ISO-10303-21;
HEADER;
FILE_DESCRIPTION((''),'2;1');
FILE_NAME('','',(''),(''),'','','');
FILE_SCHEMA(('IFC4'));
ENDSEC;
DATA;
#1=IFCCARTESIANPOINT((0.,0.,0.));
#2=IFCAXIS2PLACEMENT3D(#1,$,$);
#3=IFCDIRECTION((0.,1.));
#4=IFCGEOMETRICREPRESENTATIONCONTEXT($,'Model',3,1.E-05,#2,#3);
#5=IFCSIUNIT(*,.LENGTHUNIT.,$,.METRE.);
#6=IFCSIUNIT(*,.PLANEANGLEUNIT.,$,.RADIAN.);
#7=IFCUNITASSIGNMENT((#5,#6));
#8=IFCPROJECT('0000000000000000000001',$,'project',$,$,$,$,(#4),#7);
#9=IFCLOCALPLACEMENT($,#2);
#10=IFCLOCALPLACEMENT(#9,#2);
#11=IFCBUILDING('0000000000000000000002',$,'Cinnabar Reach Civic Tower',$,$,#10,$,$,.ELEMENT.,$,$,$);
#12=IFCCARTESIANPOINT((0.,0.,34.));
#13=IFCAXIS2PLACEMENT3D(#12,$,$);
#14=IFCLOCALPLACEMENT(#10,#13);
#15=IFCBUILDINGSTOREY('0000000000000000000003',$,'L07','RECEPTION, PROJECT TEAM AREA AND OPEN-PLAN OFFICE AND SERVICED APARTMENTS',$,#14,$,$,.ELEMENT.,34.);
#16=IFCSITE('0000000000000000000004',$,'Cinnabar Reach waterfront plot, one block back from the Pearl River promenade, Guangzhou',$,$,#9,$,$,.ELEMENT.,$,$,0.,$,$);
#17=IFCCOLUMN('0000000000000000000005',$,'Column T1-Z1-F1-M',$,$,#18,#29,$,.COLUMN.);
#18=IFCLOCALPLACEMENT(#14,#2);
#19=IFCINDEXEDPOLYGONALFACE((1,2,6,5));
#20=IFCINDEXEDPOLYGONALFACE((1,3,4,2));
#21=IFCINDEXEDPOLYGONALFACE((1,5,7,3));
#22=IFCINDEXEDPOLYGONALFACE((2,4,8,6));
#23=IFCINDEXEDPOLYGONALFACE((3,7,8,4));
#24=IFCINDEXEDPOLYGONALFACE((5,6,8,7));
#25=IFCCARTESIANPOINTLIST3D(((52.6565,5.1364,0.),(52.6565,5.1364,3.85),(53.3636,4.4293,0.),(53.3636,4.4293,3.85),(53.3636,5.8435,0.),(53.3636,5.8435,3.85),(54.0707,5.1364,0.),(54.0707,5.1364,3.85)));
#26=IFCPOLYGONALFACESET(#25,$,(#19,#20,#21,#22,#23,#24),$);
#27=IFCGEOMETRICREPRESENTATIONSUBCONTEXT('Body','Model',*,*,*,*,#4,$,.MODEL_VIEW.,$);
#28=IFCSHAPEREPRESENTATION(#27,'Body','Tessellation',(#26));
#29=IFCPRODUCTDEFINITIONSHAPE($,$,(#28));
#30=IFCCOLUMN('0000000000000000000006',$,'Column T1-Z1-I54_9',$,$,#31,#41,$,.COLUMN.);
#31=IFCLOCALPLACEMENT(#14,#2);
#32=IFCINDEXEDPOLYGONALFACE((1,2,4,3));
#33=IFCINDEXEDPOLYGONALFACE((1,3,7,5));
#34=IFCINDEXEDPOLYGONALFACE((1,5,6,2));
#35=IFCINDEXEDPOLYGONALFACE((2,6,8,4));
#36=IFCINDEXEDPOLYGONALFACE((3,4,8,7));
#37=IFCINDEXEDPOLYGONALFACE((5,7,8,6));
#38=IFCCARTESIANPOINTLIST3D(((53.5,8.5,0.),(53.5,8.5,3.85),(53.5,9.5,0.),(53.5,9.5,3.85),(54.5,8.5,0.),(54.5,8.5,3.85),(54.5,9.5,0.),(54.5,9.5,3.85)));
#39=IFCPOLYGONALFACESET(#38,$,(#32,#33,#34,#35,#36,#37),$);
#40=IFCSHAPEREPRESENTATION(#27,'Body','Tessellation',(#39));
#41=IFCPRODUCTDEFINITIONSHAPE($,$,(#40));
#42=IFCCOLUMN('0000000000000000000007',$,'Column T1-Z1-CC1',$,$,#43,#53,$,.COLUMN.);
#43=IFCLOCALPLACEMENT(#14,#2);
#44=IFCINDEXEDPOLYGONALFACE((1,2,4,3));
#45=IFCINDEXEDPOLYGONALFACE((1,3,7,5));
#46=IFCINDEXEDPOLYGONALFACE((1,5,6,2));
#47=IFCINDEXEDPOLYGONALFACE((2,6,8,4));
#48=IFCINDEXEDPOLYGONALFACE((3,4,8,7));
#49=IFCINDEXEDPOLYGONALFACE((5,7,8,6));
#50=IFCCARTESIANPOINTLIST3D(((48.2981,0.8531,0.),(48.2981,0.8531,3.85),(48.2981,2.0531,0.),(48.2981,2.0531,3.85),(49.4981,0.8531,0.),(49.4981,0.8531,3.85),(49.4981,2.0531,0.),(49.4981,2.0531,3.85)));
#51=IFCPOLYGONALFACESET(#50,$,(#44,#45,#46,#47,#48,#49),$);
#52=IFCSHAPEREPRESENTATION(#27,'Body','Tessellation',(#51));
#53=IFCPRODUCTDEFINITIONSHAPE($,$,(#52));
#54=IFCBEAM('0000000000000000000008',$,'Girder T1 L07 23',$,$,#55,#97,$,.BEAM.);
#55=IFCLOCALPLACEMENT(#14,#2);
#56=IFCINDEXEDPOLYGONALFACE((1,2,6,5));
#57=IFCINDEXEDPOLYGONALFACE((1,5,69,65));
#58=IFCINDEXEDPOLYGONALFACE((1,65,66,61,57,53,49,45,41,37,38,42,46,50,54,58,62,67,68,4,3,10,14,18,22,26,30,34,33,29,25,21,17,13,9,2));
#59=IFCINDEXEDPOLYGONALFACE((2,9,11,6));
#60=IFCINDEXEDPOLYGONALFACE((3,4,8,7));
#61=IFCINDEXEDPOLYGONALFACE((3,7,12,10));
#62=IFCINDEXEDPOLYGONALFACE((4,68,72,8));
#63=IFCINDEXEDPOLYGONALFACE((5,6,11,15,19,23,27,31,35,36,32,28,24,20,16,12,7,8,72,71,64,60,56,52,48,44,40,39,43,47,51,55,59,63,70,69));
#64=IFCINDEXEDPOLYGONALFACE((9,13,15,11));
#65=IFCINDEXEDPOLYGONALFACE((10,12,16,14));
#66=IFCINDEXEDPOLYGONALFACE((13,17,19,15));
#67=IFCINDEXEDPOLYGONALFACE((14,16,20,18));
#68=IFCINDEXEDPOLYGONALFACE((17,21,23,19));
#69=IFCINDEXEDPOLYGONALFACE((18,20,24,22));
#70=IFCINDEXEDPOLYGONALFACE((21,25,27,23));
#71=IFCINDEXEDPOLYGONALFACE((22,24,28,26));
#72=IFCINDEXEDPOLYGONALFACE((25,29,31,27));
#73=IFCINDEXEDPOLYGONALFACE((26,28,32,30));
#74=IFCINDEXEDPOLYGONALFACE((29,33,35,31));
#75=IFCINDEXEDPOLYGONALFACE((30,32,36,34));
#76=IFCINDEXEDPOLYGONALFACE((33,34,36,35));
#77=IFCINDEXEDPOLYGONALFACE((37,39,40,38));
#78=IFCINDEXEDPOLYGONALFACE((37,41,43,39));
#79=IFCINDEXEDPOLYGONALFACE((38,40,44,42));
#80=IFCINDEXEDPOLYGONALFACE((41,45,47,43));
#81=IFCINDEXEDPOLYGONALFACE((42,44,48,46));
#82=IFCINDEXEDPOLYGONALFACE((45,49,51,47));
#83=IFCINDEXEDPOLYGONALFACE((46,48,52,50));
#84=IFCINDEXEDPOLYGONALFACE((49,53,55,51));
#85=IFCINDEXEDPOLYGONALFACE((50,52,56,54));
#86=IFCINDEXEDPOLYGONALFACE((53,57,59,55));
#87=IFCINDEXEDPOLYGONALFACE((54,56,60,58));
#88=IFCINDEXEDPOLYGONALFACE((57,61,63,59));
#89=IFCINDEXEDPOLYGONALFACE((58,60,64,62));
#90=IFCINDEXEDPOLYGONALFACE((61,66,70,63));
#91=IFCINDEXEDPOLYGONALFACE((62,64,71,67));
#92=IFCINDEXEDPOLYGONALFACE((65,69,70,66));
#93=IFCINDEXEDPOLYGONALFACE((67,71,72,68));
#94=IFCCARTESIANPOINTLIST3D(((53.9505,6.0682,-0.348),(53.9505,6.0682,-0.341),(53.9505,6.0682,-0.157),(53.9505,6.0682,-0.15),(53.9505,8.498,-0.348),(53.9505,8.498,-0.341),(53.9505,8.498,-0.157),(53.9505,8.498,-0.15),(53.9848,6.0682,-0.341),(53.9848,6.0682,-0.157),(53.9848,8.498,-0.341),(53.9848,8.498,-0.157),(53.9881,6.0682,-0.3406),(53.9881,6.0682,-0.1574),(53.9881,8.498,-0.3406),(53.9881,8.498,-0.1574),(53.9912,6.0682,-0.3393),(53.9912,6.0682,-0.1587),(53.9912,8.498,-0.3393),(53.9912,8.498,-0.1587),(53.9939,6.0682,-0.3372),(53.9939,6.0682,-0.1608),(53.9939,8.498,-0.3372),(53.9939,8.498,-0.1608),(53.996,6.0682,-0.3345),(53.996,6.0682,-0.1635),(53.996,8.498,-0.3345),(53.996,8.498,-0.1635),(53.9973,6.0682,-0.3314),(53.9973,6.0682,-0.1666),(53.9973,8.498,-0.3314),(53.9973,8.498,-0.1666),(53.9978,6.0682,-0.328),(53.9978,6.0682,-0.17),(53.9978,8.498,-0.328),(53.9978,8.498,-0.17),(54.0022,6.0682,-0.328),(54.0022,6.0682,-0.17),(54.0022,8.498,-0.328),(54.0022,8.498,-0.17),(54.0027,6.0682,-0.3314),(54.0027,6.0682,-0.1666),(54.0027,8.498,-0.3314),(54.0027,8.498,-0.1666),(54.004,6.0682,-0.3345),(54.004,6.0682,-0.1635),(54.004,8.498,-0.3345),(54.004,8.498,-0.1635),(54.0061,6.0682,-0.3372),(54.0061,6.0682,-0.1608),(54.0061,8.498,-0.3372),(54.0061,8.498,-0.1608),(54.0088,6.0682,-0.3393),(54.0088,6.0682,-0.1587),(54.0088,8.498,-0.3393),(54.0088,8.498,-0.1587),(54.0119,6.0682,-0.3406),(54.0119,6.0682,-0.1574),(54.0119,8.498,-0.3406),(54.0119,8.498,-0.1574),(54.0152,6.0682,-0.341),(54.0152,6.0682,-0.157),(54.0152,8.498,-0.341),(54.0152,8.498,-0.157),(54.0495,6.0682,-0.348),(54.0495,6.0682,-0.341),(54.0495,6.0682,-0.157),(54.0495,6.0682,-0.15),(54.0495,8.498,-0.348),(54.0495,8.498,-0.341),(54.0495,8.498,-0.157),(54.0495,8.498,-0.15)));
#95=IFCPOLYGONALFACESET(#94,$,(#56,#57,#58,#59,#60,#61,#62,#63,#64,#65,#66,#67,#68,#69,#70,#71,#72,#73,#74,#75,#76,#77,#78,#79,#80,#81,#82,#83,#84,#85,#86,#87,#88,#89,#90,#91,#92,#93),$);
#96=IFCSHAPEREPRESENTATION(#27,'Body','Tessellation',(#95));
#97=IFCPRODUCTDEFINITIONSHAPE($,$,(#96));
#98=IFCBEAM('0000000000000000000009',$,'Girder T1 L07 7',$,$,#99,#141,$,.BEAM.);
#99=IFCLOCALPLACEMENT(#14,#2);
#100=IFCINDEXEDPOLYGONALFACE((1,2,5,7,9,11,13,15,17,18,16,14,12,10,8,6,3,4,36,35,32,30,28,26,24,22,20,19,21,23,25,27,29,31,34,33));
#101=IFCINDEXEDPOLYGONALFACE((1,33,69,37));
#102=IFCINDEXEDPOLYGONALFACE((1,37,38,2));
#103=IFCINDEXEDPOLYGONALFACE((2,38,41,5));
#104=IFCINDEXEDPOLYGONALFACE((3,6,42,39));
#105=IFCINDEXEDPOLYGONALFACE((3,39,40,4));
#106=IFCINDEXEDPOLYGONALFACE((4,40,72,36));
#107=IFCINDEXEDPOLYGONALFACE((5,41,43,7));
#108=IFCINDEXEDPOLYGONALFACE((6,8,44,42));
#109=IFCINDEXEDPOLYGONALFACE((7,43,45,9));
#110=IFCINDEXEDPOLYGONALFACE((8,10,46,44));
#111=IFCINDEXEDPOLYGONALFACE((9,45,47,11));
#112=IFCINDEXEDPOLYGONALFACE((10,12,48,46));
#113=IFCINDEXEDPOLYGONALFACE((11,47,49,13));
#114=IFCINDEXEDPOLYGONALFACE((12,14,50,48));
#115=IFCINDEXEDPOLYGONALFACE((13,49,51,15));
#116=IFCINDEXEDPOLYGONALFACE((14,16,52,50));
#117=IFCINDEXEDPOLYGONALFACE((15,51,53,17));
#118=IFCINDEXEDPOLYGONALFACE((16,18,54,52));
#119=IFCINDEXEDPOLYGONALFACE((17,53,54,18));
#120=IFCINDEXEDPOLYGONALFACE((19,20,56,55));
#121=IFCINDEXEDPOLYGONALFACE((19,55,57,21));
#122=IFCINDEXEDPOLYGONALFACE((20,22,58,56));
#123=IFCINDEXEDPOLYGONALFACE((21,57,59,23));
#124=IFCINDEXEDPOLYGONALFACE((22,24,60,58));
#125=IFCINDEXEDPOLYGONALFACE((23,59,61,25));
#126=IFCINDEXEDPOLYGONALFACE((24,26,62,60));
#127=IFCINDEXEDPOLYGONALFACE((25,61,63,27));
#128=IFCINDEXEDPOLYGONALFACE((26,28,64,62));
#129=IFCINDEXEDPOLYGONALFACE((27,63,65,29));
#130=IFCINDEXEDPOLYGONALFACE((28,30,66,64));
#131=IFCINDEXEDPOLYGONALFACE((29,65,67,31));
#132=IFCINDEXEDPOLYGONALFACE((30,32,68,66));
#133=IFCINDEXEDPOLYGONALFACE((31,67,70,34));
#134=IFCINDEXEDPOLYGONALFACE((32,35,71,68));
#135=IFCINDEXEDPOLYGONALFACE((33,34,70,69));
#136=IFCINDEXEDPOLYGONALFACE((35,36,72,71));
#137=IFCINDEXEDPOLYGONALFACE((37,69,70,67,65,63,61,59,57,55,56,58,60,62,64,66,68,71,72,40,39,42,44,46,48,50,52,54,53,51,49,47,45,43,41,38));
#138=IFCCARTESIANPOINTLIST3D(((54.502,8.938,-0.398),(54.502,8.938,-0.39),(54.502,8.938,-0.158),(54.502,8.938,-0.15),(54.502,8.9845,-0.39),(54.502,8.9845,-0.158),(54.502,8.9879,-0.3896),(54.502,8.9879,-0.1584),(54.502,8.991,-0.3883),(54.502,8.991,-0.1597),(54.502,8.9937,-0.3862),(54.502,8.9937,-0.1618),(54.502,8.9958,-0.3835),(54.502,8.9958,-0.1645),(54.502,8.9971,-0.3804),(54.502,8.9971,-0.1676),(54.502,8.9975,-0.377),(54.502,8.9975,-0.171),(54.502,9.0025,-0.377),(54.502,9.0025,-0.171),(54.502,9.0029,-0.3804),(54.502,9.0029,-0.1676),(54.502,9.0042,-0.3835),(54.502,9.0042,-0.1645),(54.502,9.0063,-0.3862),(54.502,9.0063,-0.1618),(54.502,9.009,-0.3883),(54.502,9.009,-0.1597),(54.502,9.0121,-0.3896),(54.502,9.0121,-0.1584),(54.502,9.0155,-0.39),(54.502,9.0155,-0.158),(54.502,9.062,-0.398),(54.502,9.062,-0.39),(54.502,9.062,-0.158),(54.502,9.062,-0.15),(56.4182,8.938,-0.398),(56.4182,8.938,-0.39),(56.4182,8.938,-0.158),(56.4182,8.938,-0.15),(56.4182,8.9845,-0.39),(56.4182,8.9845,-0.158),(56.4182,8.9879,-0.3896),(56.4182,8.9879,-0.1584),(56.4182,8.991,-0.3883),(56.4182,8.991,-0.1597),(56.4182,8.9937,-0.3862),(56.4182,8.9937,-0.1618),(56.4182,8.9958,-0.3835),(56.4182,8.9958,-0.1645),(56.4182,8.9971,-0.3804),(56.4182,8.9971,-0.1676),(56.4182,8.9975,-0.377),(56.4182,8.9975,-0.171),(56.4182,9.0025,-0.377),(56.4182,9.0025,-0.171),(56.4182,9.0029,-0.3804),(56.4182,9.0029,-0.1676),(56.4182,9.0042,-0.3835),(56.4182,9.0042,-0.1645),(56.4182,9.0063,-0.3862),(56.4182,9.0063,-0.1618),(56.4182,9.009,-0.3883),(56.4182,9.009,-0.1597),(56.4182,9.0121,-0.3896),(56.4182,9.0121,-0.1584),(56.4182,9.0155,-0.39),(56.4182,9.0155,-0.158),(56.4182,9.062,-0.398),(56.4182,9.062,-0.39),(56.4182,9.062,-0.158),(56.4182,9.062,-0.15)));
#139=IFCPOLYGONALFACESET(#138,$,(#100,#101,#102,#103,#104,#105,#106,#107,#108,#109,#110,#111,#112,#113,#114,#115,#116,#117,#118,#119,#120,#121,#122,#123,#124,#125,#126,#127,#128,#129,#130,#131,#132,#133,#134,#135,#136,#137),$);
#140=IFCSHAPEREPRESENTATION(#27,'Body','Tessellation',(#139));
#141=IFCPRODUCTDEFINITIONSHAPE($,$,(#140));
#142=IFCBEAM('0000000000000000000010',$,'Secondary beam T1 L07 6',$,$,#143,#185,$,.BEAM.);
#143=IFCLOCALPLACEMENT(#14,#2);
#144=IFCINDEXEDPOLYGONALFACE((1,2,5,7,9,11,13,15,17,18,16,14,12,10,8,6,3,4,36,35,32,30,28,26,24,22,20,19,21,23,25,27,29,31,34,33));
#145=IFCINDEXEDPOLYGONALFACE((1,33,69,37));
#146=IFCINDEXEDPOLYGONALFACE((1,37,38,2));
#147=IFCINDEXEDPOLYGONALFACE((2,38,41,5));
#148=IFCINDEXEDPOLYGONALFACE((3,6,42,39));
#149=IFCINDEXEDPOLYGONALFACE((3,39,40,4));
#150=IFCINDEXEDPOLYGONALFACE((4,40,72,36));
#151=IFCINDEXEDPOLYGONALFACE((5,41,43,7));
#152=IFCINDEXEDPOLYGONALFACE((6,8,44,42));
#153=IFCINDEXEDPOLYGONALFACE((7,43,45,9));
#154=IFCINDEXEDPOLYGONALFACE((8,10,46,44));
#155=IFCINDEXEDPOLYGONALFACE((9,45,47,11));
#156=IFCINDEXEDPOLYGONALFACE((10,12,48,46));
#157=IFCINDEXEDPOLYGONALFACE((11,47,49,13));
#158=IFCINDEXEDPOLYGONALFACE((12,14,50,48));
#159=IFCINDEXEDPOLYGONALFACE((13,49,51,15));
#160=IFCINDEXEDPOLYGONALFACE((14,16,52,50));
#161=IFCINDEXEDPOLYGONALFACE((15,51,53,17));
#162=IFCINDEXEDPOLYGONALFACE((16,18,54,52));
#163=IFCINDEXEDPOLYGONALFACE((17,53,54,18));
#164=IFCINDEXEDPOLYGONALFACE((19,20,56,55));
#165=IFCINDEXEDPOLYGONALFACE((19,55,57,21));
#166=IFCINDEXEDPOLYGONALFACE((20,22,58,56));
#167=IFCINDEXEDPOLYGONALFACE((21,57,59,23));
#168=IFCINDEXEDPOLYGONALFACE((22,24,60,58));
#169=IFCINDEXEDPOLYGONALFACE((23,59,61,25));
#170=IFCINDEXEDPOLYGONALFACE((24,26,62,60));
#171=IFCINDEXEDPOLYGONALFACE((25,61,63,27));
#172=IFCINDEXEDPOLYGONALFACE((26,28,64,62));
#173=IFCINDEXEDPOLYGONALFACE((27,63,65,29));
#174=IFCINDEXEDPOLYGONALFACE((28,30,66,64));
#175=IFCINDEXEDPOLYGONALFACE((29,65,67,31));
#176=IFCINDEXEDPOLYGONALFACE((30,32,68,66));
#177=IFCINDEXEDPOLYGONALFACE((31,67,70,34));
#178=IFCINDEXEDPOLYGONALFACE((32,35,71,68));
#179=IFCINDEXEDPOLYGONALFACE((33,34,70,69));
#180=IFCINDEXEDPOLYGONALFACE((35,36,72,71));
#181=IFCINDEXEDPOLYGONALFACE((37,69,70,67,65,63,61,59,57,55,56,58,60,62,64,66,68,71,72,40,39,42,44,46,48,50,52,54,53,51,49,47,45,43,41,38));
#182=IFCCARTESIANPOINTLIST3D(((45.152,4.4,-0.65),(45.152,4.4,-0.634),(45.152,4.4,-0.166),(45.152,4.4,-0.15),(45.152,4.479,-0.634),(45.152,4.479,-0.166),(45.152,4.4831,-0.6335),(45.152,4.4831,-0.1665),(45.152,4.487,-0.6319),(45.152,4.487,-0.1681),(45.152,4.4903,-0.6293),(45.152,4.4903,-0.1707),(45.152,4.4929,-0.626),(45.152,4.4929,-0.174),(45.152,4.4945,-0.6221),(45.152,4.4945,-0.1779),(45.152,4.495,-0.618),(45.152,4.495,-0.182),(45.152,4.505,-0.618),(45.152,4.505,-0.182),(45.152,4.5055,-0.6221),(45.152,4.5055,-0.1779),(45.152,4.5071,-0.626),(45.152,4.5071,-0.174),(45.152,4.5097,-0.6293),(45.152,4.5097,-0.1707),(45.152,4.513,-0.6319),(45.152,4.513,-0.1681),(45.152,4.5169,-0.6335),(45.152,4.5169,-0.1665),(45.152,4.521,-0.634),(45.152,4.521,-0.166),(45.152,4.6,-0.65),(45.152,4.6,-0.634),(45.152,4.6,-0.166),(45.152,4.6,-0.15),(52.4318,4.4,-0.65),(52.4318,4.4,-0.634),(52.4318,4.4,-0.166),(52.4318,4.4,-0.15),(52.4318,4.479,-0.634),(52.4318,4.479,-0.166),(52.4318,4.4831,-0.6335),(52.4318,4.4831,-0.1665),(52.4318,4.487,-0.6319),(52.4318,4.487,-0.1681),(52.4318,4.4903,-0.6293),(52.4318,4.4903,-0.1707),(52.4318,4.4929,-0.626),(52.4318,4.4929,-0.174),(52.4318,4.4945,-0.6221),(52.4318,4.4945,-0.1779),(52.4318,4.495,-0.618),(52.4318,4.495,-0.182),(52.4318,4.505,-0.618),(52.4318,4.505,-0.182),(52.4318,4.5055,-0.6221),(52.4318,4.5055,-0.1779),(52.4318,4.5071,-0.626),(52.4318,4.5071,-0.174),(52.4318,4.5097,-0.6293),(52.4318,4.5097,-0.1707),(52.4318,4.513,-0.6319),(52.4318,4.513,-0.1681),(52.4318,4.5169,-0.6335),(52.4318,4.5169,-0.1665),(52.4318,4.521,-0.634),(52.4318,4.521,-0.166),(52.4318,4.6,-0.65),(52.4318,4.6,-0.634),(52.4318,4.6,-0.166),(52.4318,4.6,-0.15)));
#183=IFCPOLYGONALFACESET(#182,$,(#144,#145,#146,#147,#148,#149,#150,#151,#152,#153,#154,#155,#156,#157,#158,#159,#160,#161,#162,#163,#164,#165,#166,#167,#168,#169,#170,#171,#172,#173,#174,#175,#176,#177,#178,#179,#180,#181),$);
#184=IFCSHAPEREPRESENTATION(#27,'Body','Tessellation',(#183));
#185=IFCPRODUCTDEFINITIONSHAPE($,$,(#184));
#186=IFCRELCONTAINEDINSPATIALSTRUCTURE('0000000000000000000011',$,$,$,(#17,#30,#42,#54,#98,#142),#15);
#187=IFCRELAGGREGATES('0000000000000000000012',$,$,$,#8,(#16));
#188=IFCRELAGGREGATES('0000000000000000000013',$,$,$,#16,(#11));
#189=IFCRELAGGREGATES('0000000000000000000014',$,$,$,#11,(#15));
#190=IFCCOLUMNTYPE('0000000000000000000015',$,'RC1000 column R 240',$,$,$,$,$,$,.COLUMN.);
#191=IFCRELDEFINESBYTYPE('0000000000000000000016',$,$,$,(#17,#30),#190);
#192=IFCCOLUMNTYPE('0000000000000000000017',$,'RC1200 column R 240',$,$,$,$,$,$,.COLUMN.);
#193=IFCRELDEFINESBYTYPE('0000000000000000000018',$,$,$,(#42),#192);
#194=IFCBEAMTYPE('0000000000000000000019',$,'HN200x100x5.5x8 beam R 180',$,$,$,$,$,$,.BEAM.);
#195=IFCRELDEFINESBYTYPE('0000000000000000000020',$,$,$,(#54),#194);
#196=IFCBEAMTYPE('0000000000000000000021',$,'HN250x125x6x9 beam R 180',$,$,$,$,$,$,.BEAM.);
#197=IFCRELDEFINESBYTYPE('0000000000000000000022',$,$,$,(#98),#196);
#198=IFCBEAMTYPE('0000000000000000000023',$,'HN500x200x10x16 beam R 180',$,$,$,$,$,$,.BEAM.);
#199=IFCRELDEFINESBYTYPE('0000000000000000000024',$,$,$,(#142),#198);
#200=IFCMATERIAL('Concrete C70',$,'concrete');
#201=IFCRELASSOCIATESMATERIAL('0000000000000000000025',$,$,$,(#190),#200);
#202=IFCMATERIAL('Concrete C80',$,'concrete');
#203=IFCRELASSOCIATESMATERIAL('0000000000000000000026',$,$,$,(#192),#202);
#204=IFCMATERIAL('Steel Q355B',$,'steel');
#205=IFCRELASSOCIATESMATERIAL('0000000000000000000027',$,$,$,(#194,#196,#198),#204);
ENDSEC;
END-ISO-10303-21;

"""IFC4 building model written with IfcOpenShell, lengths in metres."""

from ifc_helpers import new_model, si_unit, direction, frame, origin, origin_2d, place, context, subcontext, project, spatial, rectangle, i_section, extrude, material, material_profile, profile_set, type_object, element, save


model = new_model("IFC4")

# Units and contexts
model_context = context("Model", 3, precision=1e-05, world=origin(), true_north=direction((0.0, 1.0)))
body_context = subcontext(model_context, "Body", "Model", "MODEL_VIEW")
ifc_project = project(units=[si_unit("LENGTHUNIT", "METRE"), si_unit("PLANEANGLEUNIT", "RADIAN")], contexts=[model_context])

# Site, building, storey
site_placement = place(None, origin())
site = spatial("IfcSite", under=ifc_project, at=site_placement, Name="Cinnabar Reach waterfront plot, one block back from the Pearl River promenade, Guangzhou", CompositionType="ELEMENT", RefElevation=0.0)
building_placement = place(site_placement, origin())
building = spatial("IfcBuilding", under=site, at=building_placement, Name="Cinnabar Reach Civic Tower", CompositionType="ELEMENT")
storey_placement = place(building_placement, frame((0.0, 0.0, 34.0)))
storey = spatial("IfcBuildingStorey", under=building, at=storey_placement, Name="L07", Description="RECEPTION, PROJECT TEAM AREA AND OPEN-PLAN OFFICE AND SERVICED APARTMENTS", CompositionType="ELEMENT", Elevation=34.0)

# Columns
ifc_material_1 = material(Name="Concrete C70", Category="concrete")
ifc_material_profile_1 = material_profile(ifc_material_1, rectangle(XDim=1.0, YDim=1.0, at=origin_2d()), Name="RC1000")
ifc_profile_set_1 = profile_set([ifc_material_profile_1], Name="Concrete C70")
column_type_1 = type_object("IfcColumnType", Name="RC1000 column R 240", PredefinedType="COLUMN", material=ifc_profile_set_1)
for number, where, z_axis, x_axis, name in (
    (1, (53.3636, 5.1364, 0.0), (0.0, 0.0, 1.0), (0.707107, 0.707107, 0.0), "Column T1-Z1-F1-M"),
    (2, (54.0, 9.0, 0.0), (0.0, 0.0, 1.0), (1.0, 0.0, 0.0), "Column T1-Z1-I54_9"),
):
    element("IfcColumn", number, at=place(storey_placement, frame(where, z_axis=z_axis, x_axis=x_axis)), inside=storey, type_object=column_type_1, Name=name, PredefinedType="COLUMN", context=body_context, shape_type="SweptSolid", body=[
        extrude(rectangle(XDim=1.0, YDim=1.0, at=origin_2d()), origin(), (0.0, 0.0, 1.0), 3.85),
    ])
ifc_material_2 = material(Name="Concrete C80", Category="concrete")
ifc_material_profile_2 = material_profile(ifc_material_2, rectangle(XDim=1.2, YDim=1.2, at=origin_2d()), Name="RC1200")
ifc_profile_set_2 = profile_set([ifc_material_profile_2], Name="Concrete C80")
column_type_2 = type_object("IfcColumnType", Name="RC1200 column R 240", PredefinedType="COLUMN", material=ifc_profile_set_2)
column_placement = place(storey_placement, frame((48.8981, 1.4531, 0.0), z_axis=(0.0, 0.0, 1.0), x_axis=(1.0, 0.0, 0.0)))
element("IfcColumn", 3, at=column_placement, inside=storey, type_object=column_type_2, Name="Column T1-Z1-CC1", PredefinedType="COLUMN", context=body_context, shape_type="SweptSolid", body=[
    extrude(rectangle(XDim=1.2, YDim=1.2, at=origin_2d()), origin(), (0.0, 0.0, 1.0), 3.85),
])

# Beams
ifc_material_3 = material(Name="Steel Q355B", Category="steel")
ifc_material_profile_3 = material_profile(ifc_material_3, i_section(OverallWidth=0.099, OverallDepth=0.198, WebThickness=0.0045, FlangeThickness=0.007, FilletRadius=0.013, at=origin_2d()), Name="HN200x100x5.5x8")
ifc_profile_set_3 = profile_set([ifc_material_profile_3], Name="Steel Q355B")
beam_type_1 = type_object("IfcBeamType", Name="HN200x100x5.5x8 beam R 180", PredefinedType="BEAM", material=ifc_profile_set_3)
beam_1_placement = place(storey_placement, frame((54.0, 6.0682, -0.249), z_axis=(0.0, 1.0, 0.0), x_axis=(-1.0, 0.0, 0.0)))
element("IfcBeam", 4, at=beam_1_placement, inside=storey, type_object=beam_type_1, Name="Girder T1 L07 23", PredefinedType="BEAM", context=body_context, shape_type="SweptSolid", body=[
    extrude(i_section(OverallWidth=0.099, OverallDepth=0.198, WebThickness=0.0045, FlangeThickness=0.007, FilletRadius=0.013, at=origin_2d()), origin(), (0.0, 0.0, 1.0), 2.4298),
])
ifc_material_profile_4 = material_profile(ifc_material_3, i_section(OverallWidth=0.124, OverallDepth=0.248, WebThickness=0.005, FlangeThickness=0.008, FilletRadius=0.013, at=origin_2d()), Name="HN250x125x6x9")
ifc_profile_set_4 = profile_set([ifc_material_profile_4], Name="Steel Q355B")
beam_type_2 = type_object("IfcBeamType", Name="HN250x125x6x9 beam R 180", PredefinedType="BEAM", material=ifc_profile_set_4)
beam_2_placement = place(storey_placement, frame((54.502, 9.0, -0.274), z_axis=(1.0, 0.0, 0.0), x_axis=(0.0, 1.0, 0.0)))
element("IfcBeam", 5, at=beam_2_placement, inside=storey, type_object=beam_type_2, Name="Girder T1 L07 7", PredefinedType="BEAM", context=body_context, shape_type="SweptSolid", body=[
    extrude(i_section(OverallWidth=0.124, OverallDepth=0.248, WebThickness=0.005, FlangeThickness=0.008, FilletRadius=0.013, at=origin_2d()), origin(), (0.0, 0.0, 1.0), 1.9162),
])
ifc_material_profile_5 = material_profile(ifc_material_3, i_section(OverallWidth=0.2, OverallDepth=0.5, WebThickness=0.01, FlangeThickness=0.016, FilletRadius=0.016, at=origin_2d()), Name="HN500x200x10x16")
ifc_profile_set_5 = profile_set([ifc_material_profile_5], Name="Steel Q355B")
beam_type_3 = type_object("IfcBeamType", Name="HN500x200x10x16 beam R 180", PredefinedType="BEAM", material=ifc_profile_set_5)
beam_3_placement = place(storey_placement, frame((45.152, 4.5, -0.4), z_axis=(1.0, 0.0, 0.0), x_axis=(0.0, 1.0, 0.0)))
element("IfcBeam", 6, at=beam_3_placement, inside=storey, type_object=beam_type_3, Name="Secondary beam T1 L07 6", PredefinedType="BEAM", context=body_context, shape_type="SweptSolid", body=[
    extrude(i_section(OverallWidth=0.2, OverallDepth=0.5, WebThickness=0.01, FlangeThickness=0.016, FilletRadius=0.016, at=origin_2d()), origin(), (0.0, 0.0, 1.0), 7.2798),
])

save(model, "model.ifc")
